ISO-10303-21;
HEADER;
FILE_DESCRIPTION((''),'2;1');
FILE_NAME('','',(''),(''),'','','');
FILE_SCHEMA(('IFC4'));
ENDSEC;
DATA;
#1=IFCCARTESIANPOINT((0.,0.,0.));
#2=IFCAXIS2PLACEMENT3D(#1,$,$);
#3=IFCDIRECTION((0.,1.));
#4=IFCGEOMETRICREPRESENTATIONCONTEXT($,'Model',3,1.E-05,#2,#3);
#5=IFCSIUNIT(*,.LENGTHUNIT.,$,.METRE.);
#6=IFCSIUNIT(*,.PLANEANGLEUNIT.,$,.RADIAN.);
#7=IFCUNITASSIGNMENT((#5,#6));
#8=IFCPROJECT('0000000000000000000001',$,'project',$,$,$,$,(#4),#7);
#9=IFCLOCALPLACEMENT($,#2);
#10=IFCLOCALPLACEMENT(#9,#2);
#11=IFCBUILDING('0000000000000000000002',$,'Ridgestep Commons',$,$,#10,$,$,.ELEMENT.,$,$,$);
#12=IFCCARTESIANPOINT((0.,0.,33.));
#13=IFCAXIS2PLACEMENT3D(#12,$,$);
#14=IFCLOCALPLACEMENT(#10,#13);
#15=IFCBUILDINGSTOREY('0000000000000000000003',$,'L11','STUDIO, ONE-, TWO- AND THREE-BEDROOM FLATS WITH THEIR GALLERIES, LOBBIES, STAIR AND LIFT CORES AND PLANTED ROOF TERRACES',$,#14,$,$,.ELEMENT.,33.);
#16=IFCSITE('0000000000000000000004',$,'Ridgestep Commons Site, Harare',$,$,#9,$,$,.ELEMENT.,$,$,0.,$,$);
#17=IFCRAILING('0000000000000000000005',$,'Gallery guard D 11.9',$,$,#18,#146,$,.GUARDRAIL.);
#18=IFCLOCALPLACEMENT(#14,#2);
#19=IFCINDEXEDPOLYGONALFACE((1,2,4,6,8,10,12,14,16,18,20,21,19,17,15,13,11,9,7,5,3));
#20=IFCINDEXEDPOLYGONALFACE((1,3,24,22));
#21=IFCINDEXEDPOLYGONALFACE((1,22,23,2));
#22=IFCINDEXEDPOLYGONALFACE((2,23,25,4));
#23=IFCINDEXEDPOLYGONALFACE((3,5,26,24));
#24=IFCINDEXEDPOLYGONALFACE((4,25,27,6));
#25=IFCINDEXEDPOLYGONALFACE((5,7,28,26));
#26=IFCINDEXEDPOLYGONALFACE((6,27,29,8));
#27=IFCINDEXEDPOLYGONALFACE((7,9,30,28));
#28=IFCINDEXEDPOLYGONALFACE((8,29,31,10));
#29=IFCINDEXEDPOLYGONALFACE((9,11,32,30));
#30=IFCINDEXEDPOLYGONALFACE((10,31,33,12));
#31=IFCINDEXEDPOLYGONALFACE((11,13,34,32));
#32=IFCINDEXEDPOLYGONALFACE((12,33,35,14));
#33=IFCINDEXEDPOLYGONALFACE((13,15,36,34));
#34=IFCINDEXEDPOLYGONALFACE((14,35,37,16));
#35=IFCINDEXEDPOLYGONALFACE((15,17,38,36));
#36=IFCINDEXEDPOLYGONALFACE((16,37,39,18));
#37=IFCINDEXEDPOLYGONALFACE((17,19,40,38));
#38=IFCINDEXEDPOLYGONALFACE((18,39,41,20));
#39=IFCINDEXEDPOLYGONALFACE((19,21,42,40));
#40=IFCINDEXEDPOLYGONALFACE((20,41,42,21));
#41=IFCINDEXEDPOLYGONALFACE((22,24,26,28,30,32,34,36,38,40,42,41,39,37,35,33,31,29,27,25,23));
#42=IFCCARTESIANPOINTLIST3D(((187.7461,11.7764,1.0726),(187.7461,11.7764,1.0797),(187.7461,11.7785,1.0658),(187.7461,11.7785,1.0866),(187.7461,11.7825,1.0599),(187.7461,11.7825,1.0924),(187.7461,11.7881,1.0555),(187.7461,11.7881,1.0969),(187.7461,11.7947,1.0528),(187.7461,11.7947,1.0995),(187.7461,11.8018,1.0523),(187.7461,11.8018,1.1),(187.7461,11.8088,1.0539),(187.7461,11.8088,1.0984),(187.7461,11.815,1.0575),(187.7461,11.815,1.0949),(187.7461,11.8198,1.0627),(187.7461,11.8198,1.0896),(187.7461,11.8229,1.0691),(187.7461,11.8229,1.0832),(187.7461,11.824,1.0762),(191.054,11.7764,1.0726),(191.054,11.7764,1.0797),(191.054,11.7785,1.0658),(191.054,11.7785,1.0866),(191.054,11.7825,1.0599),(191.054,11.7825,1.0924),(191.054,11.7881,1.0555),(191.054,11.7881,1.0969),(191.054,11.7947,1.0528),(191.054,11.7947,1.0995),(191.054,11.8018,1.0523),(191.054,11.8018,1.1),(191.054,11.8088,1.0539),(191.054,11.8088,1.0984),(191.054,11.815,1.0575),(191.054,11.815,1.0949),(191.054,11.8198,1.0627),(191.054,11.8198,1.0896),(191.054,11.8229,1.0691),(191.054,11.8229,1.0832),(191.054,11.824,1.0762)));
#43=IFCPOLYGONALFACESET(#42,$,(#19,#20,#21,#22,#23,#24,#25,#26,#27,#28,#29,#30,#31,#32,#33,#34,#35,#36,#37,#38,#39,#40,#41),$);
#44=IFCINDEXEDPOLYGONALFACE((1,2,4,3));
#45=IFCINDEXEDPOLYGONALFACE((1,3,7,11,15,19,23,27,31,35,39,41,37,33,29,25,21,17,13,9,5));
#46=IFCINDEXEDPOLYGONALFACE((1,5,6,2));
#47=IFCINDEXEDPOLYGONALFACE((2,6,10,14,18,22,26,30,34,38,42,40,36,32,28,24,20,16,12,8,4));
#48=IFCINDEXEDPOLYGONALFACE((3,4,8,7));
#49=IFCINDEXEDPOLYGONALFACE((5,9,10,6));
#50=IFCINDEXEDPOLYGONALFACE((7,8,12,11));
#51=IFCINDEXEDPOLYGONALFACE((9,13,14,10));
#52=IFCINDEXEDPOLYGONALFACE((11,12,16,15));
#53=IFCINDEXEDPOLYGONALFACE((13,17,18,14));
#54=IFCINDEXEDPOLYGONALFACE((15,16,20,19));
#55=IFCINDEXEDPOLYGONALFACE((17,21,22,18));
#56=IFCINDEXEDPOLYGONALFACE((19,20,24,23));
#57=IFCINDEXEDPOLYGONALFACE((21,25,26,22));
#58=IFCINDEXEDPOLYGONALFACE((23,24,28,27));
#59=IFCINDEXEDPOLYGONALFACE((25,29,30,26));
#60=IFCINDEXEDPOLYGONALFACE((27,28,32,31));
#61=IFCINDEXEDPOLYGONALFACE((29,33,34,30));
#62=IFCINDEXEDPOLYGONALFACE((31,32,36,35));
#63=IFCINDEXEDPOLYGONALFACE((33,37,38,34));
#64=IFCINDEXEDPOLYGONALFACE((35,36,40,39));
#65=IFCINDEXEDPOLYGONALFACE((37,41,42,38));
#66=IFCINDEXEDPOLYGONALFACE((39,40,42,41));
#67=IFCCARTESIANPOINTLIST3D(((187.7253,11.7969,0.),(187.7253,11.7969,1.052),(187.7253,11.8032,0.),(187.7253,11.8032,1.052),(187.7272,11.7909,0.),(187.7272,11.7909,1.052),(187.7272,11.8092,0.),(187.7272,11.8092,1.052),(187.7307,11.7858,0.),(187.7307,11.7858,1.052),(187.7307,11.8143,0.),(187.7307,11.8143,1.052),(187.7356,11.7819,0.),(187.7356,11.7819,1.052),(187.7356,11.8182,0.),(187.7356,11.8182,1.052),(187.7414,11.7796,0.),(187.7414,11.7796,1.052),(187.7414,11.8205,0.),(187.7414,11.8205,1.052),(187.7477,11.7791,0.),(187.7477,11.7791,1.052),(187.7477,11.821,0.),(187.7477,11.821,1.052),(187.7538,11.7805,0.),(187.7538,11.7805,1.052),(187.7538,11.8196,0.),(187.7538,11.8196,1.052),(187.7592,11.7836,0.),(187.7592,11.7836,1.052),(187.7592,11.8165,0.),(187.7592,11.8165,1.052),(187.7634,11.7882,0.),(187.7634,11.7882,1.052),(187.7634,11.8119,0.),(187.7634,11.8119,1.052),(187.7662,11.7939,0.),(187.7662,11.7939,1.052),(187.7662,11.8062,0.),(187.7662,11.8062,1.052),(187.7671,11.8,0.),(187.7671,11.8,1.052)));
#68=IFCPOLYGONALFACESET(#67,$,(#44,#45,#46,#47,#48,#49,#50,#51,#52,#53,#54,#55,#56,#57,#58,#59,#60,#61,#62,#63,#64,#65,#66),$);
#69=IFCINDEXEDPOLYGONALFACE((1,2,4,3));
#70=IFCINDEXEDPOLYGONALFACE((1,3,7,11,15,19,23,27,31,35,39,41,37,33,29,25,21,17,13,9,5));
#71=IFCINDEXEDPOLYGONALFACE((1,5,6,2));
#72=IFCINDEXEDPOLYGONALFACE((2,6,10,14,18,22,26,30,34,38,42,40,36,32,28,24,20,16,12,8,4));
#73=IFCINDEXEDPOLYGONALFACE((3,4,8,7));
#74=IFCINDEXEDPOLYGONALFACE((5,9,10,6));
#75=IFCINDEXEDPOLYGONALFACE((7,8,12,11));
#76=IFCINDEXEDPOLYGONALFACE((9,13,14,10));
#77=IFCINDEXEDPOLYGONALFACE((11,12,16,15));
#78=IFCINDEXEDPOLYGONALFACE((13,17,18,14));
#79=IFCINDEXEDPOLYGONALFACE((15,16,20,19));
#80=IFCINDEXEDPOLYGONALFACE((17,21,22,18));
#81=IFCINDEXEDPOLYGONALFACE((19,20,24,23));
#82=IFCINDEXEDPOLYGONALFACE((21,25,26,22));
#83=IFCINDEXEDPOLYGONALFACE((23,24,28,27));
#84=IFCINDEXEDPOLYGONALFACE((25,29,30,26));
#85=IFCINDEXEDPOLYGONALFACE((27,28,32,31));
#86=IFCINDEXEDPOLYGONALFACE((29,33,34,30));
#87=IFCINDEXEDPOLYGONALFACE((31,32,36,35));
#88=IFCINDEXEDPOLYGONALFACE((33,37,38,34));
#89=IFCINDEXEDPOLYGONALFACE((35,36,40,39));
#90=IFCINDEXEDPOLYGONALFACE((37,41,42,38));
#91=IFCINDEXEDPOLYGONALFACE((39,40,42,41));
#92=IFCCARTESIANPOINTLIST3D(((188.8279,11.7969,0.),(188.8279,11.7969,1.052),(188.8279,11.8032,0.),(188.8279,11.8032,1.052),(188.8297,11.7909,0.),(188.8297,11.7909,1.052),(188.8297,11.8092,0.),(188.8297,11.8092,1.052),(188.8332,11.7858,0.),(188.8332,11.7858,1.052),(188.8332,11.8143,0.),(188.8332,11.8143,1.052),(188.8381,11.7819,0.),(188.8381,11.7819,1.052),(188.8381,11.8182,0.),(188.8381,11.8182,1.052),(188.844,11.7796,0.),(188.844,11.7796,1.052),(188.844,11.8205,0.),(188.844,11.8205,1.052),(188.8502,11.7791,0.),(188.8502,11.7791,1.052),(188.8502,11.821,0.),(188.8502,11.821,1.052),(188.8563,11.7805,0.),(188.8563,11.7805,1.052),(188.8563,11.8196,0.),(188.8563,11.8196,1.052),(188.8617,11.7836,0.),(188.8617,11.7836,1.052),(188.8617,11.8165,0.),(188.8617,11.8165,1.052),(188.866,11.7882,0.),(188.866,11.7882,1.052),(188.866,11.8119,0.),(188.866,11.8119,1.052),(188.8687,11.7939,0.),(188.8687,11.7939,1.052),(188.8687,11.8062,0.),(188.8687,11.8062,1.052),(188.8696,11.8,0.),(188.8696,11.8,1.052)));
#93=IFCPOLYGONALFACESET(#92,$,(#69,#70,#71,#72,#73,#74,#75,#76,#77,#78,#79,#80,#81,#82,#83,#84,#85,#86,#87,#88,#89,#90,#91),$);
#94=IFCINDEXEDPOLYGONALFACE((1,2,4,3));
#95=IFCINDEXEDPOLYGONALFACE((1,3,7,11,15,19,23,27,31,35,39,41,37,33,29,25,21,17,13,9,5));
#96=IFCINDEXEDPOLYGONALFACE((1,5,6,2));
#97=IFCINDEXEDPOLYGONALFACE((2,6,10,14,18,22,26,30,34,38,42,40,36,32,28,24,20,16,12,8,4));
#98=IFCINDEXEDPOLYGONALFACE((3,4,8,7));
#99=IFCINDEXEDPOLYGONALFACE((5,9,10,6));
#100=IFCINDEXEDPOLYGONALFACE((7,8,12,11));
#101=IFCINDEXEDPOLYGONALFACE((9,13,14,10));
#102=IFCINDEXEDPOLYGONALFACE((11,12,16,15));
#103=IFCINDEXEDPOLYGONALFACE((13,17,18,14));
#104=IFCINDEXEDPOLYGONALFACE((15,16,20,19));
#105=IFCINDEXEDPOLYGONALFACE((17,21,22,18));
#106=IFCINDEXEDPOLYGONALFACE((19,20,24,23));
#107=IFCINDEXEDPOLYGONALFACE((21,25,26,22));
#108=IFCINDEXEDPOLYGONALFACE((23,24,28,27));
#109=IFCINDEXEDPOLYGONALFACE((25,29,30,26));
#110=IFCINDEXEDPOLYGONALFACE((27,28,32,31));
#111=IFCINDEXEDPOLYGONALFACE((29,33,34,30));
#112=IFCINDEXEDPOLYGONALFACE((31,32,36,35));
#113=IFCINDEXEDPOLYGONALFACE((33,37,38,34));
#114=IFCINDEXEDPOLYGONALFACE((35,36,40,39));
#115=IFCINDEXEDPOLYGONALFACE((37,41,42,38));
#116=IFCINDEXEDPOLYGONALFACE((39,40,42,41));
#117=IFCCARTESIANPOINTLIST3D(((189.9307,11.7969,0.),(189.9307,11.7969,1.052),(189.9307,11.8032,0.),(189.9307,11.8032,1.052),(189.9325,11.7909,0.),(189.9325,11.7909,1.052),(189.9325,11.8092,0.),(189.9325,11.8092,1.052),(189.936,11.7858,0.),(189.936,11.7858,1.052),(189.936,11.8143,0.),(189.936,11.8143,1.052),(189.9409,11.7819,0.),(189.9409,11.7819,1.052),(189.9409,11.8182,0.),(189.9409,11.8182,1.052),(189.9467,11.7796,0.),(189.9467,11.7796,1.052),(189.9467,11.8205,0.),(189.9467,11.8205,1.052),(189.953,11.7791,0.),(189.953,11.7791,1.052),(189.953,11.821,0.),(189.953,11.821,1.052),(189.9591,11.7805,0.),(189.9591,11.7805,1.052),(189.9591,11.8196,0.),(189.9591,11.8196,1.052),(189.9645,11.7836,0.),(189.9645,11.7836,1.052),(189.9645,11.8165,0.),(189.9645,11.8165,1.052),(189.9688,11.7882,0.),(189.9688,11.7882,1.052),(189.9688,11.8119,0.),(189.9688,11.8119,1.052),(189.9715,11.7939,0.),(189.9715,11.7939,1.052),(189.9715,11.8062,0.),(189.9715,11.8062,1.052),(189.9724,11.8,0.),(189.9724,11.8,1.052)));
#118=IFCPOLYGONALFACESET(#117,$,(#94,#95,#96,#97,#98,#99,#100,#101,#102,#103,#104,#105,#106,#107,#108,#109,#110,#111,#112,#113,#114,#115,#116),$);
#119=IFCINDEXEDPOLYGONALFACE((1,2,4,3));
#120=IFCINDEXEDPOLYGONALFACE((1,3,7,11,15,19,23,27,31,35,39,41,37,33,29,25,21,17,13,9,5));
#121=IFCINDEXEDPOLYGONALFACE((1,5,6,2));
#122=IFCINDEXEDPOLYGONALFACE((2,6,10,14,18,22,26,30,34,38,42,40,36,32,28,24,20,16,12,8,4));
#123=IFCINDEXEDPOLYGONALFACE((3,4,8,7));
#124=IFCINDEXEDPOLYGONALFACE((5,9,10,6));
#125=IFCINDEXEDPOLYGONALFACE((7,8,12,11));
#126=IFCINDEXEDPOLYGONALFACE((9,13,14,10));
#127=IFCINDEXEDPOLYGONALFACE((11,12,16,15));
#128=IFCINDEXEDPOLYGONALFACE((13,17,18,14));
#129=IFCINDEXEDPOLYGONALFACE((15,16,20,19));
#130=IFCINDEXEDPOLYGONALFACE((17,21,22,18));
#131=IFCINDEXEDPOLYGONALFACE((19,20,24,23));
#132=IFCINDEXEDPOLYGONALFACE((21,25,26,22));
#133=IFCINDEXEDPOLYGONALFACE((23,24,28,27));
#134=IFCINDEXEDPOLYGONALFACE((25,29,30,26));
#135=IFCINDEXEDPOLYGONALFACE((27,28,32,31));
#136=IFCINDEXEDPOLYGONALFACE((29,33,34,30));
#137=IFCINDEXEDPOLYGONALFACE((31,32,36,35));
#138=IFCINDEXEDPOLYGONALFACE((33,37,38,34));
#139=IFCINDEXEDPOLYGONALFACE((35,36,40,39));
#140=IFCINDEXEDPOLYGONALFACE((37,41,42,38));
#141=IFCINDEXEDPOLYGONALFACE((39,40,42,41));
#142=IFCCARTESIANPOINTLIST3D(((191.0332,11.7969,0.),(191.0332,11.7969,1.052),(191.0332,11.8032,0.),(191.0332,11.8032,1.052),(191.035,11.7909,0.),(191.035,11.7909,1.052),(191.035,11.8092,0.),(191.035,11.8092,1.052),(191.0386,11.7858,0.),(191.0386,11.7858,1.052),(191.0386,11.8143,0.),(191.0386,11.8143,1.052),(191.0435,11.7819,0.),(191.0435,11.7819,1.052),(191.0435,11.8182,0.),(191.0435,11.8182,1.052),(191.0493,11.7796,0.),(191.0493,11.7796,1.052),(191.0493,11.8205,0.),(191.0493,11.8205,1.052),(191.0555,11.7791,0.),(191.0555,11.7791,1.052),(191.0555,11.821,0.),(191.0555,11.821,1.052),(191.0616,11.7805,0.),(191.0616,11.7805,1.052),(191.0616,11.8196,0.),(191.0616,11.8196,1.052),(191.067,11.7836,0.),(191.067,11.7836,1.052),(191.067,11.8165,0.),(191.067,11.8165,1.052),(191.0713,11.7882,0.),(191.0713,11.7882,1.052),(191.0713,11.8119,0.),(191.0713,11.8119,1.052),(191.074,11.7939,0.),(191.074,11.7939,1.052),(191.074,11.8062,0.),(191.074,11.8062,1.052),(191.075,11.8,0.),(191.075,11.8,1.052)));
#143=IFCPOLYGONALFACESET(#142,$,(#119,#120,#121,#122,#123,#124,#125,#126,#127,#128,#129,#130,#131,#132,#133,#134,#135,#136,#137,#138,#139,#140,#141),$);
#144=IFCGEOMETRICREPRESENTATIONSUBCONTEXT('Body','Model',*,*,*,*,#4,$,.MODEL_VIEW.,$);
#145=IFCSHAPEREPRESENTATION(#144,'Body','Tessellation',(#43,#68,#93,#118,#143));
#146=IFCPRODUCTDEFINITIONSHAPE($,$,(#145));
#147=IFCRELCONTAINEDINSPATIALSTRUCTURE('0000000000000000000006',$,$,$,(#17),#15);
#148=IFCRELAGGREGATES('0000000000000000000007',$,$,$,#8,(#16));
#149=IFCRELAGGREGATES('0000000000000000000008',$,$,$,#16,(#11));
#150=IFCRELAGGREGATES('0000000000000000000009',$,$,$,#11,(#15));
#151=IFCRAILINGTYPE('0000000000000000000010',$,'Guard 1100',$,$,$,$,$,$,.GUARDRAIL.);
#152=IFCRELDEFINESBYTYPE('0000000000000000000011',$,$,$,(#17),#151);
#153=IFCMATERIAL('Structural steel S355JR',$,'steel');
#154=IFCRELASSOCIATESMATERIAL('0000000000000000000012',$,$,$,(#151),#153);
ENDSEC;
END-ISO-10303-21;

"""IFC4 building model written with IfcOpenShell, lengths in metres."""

from ifc_helpers import new_model, si_unit, direction, frame, origin, origin_2d, place, context, subcontext, project, spatial, circle, extrude, material, type_object, element, save


model = new_model("IFC4")

# Units and contexts
model_context = context("Model", 3, precision=1e-05, world=origin(), true_north=direction((0.0, 1.0)))
body_context = subcontext(model_context, "Body", "Model", "MODEL_VIEW")
ifc_project = project(units=[si_unit("LENGTHUNIT", "METRE"), si_unit("PLANEANGLEUNIT", "RADIAN")], contexts=[model_context])

# Site, building, storey
site_placement = place(None, origin())
site = spatial("IfcSite", under=ifc_project, at=site_placement, Name="Ridgestep Commons Site, Harare", CompositionType="ELEMENT", RefElevation=0.0)
building_placement = place(site_placement, origin())
building = spatial("IfcBuilding", under=site, at=building_placement, Name="Ridgestep Commons", CompositionType="ELEMENT")
storey_placement = place(building_placement, frame((0.0, 0.0, 33.0)))
storey = spatial("IfcBuildingStorey", under=building, at=storey_placement, Name="L11", Description="STUDIO, ONE-, TWO- AND THREE-BEDROOM FLATS WITH THEIR GALLERIES, LOBBIES, STAIR AND LIFT CORES AND PLANTED ROOF TERRACES", CompositionType="ELEMENT", Elevation=33.0)

# Railing
ifc_material_1 = material(Name="Structural steel S355JR", Category="steel")
railing_type = type_object("IfcRailingType", Name="Guard 1100", PredefinedType="GUARDRAIL", material=ifc_material_1)
railing_1_placement = place(storey_placement, frame((187.7461, 11.8, 0.0)))
element("IfcRailing", 1, at=railing_1_placement, inside=storey, type_object=railing_type, Name="Gallery guard D 11.9", PredefinedType="GUARDRAIL", context=body_context, shape_type="SweptSolid", body=[
    extrude(circle(Radius=0.0239, at=origin_2d()), frame((0.0, 0.0, 1.0762), z_axis=(1.0, 0.0, 0.0), x_axis=(0.0, 1.0, 0.0)), (0.0, 0.0, 1.0), 3.3079),
    extrude(circle(Radius=0.021, at=origin_2d()), origin(), (0.0, 0.0, 1.0), 1.052),
    extrude(circle(Radius=0.021, at=origin_2d()), frame((1.1025, 0.0, 0.0)), (0.0, 0.0, 1.0), 1.052),
    extrude(circle(Radius=0.021, at=origin_2d()), frame((2.2053, 0.0, 0.0)), (0.0, 0.0, 1.0), 1.052),
    extrude(circle(Radius=0.021, at=origin_2d()), frame((3.3079, 0.0, 0.0)), (0.0, 0.0, 1.0), 1.052),
])

save(model, "model.ifc")
